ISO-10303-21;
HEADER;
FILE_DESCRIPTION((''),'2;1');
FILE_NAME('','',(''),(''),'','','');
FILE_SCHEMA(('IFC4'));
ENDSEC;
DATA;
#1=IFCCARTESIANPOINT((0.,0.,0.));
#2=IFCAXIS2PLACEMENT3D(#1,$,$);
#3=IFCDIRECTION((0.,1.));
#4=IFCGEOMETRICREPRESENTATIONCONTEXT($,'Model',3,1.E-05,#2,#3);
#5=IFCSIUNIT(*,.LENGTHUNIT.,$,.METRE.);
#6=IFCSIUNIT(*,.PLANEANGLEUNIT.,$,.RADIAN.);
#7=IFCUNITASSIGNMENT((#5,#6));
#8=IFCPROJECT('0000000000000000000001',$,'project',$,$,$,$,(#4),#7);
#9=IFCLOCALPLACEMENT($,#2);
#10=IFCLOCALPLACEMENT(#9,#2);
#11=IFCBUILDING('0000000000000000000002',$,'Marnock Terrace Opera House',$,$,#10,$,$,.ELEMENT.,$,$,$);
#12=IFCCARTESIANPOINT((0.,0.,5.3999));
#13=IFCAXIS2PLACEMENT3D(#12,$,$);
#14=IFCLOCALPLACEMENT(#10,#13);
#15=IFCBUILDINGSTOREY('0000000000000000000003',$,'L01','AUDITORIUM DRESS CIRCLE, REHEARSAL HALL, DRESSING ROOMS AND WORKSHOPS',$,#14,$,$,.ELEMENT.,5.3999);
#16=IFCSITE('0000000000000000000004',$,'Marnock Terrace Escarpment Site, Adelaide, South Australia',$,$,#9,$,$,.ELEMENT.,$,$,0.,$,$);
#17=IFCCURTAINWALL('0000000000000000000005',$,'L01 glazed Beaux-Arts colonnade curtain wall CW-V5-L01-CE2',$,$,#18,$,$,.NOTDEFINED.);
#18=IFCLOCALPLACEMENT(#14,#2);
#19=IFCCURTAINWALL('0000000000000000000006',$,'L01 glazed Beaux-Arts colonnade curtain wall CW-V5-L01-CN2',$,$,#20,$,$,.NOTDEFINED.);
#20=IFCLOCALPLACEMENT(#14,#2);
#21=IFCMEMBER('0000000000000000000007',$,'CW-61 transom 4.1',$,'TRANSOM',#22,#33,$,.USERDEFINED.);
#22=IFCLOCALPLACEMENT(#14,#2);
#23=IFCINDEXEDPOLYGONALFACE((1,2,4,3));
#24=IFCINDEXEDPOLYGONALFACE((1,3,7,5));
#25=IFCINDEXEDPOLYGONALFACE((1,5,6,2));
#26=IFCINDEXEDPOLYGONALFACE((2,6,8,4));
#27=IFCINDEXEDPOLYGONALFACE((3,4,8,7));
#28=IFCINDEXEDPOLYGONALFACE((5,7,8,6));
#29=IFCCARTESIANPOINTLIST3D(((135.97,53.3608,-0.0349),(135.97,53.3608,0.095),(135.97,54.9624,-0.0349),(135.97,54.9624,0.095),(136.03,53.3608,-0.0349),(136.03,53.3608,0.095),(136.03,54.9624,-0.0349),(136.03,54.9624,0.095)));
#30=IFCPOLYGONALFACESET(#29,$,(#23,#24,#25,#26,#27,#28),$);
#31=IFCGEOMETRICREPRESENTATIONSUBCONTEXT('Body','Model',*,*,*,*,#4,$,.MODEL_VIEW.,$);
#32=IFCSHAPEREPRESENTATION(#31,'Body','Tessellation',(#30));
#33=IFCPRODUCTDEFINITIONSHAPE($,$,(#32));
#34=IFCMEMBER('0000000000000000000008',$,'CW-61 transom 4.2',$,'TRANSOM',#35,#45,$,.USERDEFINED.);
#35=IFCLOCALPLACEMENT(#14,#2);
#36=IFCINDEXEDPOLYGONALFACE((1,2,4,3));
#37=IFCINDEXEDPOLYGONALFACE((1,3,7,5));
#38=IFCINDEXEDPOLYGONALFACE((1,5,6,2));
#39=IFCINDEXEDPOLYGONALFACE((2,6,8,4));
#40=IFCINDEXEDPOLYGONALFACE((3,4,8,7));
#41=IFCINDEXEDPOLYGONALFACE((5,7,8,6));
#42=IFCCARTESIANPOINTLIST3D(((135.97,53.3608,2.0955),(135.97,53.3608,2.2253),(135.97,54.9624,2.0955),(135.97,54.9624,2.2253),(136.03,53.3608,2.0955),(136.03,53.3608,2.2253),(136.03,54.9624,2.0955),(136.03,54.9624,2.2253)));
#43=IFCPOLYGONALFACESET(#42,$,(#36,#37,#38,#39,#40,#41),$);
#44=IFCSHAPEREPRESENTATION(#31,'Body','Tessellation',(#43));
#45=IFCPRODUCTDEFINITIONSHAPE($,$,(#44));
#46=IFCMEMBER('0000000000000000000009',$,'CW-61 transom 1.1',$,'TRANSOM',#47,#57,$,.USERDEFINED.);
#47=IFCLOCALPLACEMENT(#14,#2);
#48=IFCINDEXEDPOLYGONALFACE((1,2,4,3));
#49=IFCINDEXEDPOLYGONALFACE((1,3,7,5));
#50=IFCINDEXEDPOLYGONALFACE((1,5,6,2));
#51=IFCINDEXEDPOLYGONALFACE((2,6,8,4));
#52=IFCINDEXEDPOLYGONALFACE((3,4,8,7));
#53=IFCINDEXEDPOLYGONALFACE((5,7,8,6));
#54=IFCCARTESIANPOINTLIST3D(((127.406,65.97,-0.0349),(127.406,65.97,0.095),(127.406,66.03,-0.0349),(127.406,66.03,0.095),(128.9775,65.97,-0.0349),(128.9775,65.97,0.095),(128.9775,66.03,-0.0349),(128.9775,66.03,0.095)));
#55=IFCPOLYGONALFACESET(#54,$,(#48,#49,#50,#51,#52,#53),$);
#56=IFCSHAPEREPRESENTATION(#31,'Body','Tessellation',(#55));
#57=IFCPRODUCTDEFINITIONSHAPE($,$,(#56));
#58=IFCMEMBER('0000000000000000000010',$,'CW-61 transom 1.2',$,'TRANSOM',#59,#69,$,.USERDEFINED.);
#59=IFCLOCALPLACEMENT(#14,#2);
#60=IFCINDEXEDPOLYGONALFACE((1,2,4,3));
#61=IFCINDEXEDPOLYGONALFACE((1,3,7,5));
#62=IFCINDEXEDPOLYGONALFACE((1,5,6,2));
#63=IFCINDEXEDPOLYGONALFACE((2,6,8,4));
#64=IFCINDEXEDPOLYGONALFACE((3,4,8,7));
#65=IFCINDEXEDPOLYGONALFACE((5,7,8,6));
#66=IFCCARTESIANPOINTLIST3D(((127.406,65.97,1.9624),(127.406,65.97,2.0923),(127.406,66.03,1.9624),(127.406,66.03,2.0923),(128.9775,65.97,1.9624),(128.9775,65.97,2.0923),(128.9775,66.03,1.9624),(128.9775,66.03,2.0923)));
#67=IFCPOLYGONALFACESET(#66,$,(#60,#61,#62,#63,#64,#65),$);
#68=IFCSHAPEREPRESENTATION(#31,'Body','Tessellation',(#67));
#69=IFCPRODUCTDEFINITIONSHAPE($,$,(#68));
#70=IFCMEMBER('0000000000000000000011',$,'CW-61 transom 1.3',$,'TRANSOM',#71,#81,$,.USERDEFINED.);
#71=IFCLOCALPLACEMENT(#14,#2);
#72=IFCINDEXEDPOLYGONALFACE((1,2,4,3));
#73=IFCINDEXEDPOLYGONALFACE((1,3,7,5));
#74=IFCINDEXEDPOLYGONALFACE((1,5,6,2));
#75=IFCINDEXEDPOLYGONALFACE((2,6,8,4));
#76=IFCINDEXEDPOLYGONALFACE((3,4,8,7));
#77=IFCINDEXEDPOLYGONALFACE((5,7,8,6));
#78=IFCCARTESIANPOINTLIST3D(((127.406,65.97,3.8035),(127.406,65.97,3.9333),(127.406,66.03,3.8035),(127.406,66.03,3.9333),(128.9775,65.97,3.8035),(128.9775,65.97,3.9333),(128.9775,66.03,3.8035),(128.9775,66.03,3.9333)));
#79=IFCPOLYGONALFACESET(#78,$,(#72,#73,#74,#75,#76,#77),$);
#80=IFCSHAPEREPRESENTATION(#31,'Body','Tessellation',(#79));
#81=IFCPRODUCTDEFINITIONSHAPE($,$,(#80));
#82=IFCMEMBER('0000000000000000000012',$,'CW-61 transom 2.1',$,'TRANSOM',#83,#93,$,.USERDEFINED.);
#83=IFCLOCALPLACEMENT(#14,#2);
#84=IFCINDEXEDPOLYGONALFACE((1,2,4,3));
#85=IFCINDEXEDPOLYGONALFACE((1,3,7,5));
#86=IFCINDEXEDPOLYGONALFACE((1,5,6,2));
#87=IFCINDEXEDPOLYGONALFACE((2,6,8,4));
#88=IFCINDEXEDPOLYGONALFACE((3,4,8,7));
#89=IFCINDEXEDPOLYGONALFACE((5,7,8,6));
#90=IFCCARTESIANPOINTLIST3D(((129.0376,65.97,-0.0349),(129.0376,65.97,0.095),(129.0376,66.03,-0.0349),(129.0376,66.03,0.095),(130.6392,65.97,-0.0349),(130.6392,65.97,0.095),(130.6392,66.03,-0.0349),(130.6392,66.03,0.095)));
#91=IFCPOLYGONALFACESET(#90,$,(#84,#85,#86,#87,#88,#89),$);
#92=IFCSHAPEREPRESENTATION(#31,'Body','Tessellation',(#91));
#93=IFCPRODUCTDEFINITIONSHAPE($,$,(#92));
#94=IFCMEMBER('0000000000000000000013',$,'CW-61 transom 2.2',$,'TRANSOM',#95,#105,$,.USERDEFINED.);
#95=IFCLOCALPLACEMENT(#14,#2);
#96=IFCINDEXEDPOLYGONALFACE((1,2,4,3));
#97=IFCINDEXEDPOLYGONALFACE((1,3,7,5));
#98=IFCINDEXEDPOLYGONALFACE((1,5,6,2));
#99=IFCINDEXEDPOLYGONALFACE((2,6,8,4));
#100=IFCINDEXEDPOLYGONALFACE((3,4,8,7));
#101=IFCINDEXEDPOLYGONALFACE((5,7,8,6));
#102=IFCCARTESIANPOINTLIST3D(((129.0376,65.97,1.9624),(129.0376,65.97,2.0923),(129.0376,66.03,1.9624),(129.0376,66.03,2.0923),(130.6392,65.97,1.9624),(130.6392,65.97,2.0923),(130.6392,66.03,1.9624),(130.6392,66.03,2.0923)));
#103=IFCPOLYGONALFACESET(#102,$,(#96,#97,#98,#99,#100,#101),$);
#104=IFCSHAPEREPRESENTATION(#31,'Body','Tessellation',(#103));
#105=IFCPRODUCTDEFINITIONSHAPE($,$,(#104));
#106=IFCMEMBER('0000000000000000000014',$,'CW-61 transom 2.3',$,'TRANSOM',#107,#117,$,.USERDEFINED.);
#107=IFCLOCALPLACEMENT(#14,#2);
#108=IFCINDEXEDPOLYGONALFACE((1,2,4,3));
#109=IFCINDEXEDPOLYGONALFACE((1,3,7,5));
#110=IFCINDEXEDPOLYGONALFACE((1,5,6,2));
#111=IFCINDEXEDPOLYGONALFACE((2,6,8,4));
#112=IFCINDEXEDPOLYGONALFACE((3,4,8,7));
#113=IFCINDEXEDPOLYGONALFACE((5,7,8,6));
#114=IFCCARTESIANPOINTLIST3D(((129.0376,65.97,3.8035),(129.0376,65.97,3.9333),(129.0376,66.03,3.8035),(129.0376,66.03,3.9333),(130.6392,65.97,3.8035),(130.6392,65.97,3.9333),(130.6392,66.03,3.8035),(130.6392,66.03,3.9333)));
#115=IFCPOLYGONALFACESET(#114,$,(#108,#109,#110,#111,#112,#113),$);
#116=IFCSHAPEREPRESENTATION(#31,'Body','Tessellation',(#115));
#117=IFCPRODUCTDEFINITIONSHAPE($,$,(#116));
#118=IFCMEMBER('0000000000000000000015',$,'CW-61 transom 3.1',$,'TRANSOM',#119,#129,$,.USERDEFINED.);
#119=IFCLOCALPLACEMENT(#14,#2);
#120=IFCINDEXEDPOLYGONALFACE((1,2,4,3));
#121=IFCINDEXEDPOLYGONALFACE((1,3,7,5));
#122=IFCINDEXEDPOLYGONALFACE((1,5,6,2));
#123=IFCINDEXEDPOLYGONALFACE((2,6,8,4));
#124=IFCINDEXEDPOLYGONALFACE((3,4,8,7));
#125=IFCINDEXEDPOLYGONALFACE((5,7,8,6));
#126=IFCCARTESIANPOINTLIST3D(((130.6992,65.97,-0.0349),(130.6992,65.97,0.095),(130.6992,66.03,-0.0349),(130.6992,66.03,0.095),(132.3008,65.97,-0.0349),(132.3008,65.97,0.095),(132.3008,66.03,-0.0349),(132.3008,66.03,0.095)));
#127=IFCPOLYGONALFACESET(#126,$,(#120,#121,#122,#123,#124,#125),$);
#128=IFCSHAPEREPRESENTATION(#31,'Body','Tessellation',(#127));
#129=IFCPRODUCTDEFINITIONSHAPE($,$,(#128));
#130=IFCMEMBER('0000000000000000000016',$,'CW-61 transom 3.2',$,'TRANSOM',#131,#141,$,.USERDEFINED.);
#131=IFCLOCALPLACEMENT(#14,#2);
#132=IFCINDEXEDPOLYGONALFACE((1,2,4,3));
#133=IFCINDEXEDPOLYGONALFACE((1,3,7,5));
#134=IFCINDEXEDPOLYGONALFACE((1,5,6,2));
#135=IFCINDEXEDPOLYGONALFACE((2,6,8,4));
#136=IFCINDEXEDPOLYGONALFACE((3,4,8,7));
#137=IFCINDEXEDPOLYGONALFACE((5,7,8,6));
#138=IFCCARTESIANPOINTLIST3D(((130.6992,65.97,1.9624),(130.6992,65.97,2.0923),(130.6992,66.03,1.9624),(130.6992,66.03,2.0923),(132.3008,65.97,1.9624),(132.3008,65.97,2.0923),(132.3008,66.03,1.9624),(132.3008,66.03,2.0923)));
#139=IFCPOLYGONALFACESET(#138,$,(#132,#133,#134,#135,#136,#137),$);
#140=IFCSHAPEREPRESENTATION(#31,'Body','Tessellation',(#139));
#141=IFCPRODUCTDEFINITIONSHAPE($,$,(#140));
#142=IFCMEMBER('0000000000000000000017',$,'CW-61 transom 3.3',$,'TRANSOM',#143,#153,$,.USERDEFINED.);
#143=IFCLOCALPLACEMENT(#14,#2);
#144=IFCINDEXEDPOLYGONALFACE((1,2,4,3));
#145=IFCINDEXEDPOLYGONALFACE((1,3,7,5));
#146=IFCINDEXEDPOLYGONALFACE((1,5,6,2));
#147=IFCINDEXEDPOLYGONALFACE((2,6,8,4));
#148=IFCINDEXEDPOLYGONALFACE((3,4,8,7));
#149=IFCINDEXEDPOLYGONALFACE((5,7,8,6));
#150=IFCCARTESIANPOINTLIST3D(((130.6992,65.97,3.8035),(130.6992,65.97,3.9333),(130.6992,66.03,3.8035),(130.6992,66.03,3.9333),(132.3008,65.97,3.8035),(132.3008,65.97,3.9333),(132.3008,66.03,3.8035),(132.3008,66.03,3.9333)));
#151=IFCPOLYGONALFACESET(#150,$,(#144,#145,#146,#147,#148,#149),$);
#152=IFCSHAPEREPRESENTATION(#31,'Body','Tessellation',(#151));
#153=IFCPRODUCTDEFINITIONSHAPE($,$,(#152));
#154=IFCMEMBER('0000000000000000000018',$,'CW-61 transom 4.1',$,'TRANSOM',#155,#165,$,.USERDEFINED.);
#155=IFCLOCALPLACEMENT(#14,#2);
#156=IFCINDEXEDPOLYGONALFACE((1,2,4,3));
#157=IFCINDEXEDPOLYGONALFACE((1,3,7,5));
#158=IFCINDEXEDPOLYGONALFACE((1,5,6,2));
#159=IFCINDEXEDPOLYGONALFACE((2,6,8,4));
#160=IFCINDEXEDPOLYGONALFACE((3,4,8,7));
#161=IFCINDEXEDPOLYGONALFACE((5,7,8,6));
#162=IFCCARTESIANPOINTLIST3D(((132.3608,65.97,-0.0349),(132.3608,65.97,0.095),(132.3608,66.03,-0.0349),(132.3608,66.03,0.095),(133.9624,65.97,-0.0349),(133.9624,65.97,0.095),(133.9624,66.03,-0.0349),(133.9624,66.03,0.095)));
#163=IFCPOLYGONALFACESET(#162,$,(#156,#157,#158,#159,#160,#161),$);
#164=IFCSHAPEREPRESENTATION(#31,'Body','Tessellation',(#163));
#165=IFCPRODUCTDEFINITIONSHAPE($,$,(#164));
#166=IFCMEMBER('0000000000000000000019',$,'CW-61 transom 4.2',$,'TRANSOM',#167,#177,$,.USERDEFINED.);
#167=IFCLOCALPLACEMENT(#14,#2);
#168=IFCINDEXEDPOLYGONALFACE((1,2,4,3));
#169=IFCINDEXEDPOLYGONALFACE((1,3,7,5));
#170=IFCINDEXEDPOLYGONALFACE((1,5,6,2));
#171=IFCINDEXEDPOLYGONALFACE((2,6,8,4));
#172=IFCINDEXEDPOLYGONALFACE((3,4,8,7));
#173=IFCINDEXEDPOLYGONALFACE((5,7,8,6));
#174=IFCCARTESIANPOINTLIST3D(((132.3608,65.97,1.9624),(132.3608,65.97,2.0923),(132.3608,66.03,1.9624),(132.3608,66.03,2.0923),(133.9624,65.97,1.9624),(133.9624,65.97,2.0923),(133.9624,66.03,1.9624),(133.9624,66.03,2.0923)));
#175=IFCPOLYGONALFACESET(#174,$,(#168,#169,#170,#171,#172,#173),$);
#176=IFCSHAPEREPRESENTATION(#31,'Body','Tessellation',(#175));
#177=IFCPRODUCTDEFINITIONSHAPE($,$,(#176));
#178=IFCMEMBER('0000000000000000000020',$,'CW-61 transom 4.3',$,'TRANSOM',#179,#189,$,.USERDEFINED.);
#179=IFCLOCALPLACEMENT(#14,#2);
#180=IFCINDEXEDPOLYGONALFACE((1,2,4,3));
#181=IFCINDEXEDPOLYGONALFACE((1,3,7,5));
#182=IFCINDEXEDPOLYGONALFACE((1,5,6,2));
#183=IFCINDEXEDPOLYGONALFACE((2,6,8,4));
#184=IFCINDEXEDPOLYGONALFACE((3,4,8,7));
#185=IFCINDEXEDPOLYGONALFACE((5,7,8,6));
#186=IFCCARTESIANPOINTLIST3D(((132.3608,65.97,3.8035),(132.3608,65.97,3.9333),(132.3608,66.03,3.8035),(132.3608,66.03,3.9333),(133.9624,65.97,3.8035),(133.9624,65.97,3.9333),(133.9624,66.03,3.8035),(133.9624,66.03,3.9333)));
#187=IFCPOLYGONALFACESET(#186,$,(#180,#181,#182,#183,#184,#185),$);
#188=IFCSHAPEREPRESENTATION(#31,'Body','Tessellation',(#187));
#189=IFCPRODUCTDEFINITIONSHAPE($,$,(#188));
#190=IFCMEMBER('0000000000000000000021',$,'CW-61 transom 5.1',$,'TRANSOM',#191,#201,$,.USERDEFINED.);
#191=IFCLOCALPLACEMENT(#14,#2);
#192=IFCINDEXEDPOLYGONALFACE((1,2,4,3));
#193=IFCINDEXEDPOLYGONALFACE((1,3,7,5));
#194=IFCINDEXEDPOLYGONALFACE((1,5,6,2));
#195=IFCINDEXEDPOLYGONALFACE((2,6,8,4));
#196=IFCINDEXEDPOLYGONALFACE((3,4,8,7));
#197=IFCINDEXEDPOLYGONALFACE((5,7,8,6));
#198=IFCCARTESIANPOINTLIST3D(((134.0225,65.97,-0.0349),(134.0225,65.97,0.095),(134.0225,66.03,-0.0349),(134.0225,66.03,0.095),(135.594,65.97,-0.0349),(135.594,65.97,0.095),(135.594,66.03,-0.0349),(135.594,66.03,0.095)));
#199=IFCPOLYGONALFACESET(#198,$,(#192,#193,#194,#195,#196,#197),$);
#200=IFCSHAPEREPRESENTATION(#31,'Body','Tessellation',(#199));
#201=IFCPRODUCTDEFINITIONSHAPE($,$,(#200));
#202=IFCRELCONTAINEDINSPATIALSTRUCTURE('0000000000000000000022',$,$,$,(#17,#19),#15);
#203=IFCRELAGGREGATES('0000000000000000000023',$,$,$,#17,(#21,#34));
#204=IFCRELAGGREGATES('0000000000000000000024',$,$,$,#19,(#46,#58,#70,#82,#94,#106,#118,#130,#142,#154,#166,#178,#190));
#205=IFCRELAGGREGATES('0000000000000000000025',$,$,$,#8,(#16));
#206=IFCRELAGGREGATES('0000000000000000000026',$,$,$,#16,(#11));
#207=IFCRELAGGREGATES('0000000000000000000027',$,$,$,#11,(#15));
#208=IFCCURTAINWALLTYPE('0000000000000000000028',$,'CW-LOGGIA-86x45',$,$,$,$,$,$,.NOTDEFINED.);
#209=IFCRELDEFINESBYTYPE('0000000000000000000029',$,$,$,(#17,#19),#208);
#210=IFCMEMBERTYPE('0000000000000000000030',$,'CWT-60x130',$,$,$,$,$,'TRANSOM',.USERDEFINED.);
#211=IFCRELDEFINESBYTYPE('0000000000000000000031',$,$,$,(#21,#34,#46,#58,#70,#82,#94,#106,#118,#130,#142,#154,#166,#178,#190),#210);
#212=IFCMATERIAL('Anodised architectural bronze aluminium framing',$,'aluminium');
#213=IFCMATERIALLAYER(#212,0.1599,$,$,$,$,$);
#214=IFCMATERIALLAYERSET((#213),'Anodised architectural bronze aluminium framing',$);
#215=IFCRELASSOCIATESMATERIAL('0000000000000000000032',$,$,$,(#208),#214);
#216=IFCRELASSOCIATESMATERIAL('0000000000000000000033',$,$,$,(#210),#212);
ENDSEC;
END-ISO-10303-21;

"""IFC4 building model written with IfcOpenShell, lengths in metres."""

from ifc_helpers import new_model, si_unit, direction, frame, origin, origin_2d, place, context, subcontext, project, spatial, rectangle, extrude, material, layer, layer_set, material_profile, profile_set, type_object, element, aggregate, save


model = new_model("IFC4")

# Units and contexts
model_context = context("Model", 3, precision=1e-05, world=origin(), true_north=direction((0.0, 1.0)))
body_context = subcontext(model_context, "Body", "Model", "MODEL_VIEW")
ifc_project = project(units=[si_unit("LENGTHUNIT", "METRE"), si_unit("PLANEANGLEUNIT", "RADIAN")], contexts=[model_context])

# Site, building, storey
site_placement = place(None, origin())
site = spatial("IfcSite", under=ifc_project, at=site_placement, Name="Marnock Terrace Escarpment Site, Adelaide, South Australia", CompositionType="ELEMENT", RefElevation=0.0)
building_placement = place(site_placement, origin())
building = spatial("IfcBuilding", under=site, at=building_placement, Name="Marnock Terrace Opera House", CompositionType="ELEMENT")
storey_placement = place(building_placement, frame((0.0, 0.0, 5.3999)))
storey = spatial("IfcBuildingStorey", under=building, at=storey_placement, Name="L01", Description="AUDITORIUM DRESS CIRCLE, REHEARSAL HALL, DRESSING ROOMS AND WORKSHOPS", CompositionType="ELEMENT", Elevation=5.3999)

# Curtain wall
ifc_material_1 = material(Name="Anodised architectural bronze aluminium framing", Category="aluminium")
ifc_layer_1 = layer(ifc_material_1, 0.1599)
ifc_layer_set_1 = layer_set([ifc_layer_1], Name="Anodised architectural bronze aluminium framing")
curtain_wall_type = type_object("IfcCurtainWallType", Name="CW-LOGGIA-86x45", PredefinedType="NOTDEFINED", material=ifc_layer_set_1)
curtain_wall_1_placement = place(storey_placement, origin())
curtain_wall_1 = element("IfcCurtainWall", 1, at=curtain_wall_1_placement, inside=storey, type_object=curtain_wall_type, Name="L01 glazed Beaux-Arts colonnade curtain wall CW-V5-L01-CE2", PredefinedType="NOTDEFINED")

# Curtain wall
curtain_wall_2_placement = place(storey_placement, origin())
curtain_wall_2 = element("IfcCurtainWall", 2, at=curtain_wall_2_placement, inside=storey, type_object=curtain_wall_type, Name="L01 glazed Beaux-Arts colonnade curtain wall CW-V5-L01-CN2", PredefinedType="NOTDEFINED")

# Members
ifc_material_profile_1 = material_profile(ifc_material_1, rectangle(XDim=0.0601, YDim=0.1299, at=origin_2d()))
ifc_profile_set_1 = profile_set([ifc_material_profile_1], Name="Anodised architectural bronze aluminium framing")
member_type_1 = type_object("IfcMemberType", Name="CWT-60x130", ElementType="TRANSOM", PredefinedType="USERDEFINED", material=ifc_profile_set_1)
member_1_placement = place(storey_placement, frame((136.0, 53.3608, 0.03), z_axis=(0.0, 1.0, 0.0), x_axis=(-1.0, 0.0, 0.0)))
member_1 = element("IfcMember", 3, at=member_1_placement, type_object=member_type_1, Name="CW-61 transom 4.1", ObjectType="TRANSOM", PredefinedType="USERDEFINED", context=body_context, shape_type="SweptSolid", body=[
    extrude(rectangle(XDim=0.0601, YDim=0.1299, at=origin_2d()), origin(), (0.0, 0.0, 1.0), 1.6016),
])
member_2_placement = place(storey_placement, frame((136.0, 53.3608, 2.1604), z_axis=(0.0, 1.0, 0.0), x_axis=(-1.0, 0.0, 0.0)))
member_2 = element("IfcMember", 4, at=member_2_placement, type_object=member_type_1, Name="CW-61 transom 4.2", ObjectType="TRANSOM", PredefinedType="USERDEFINED", context=body_context, shape_type="SweptSolid", body=[
    extrude(rectangle(XDim=0.0601, YDim=0.1299, at=origin_2d()), origin(), (0.0, 0.0, 1.0), 1.6016),
])
member_3_placement = place(storey_placement, frame((127.406, 66.0, 0.03), z_axis=(1.0, 0.0, 0.0), x_axis=(0.0, 1.0, 0.0)))
member_3 = element("IfcMember", 5, at=member_3_placement, type_object=member_type_1, Name="CW-61 transom 1.1", ObjectType="TRANSOM", PredefinedType="USERDEFINED", context=body_context, shape_type="SweptSolid", body=[
    extrude(rectangle(XDim=0.0601, YDim=0.1299, at=origin_2d()), origin(), (0.0, 0.0, 1.0), 1.5715),
])
member_4_placement = place(storey_placement, frame((127.406, 66.0, 2.0273), z_axis=(1.0, 0.0, 0.0), x_axis=(0.0, 1.0, 0.0)))
member_4 = element("IfcMember", 6, at=member_4_placement, type_object=member_type_1, Name="CW-61 transom 1.2", ObjectType="TRANSOM", PredefinedType="USERDEFINED", context=body_context, shape_type="SweptSolid", body=[
    extrude(rectangle(XDim=0.0601, YDim=0.1299, at=origin_2d()), origin(), (0.0, 0.0, 1.0), 1.5715),
])
member_5_placement = place(storey_placement, frame((127.406, 66.0, 3.8684), z_axis=(1.0, 0.0, 0.0), x_axis=(0.0, 1.0, 0.0)))
member_5 = element("IfcMember", 7, at=member_5_placement, type_object=member_type_1, Name="CW-61 transom 1.3", ObjectType="TRANSOM", PredefinedType="USERDEFINED", context=body_context, shape_type="SweptSolid", body=[
    extrude(rectangle(XDim=0.0601, YDim=0.1299, at=origin_2d()), origin(), (0.0, 0.0, 1.0), 1.5715),
])
member_6_placement = place(storey_placement, frame((129.0376, 66.0, 0.03), z_axis=(1.0, 0.0, 0.0), x_axis=(0.0, 1.0, 0.0)))
member_6 = element("IfcMember", 8, at=member_6_placement, type_object=member_type_1, Name="CW-61 transom 2.1", ObjectType="TRANSOM", PredefinedType="USERDEFINED", context=body_context, shape_type="SweptSolid", body=[
    extrude(rectangle(XDim=0.0601, YDim=0.1299, at=origin_2d()), origin(), (0.0, 0.0, 1.0), 1.6016),
])
member_7_placement = place(storey_placement, frame((129.0376, 66.0, 2.0273), z_axis=(1.0, 0.0, 0.0), x_axis=(0.0, 1.0, 0.0)))
member_7 = element("IfcMember", 9, at=member_7_placement, type_object=member_type_1, Name="CW-61 transom 2.2", ObjectType="TRANSOM", PredefinedType="USERDEFINED", context=body_context, shape_type="SweptSolid", body=[
    extrude(rectangle(XDim=0.0601, YDim=0.1299, at=origin_2d()), origin(), (0.0, 0.0, 1.0), 1.6016),
])
member_8_placement = place(storey_placement, frame((129.0376, 66.0, 3.8684), z_axis=(1.0, 0.0, 0.0), x_axis=(0.0, 1.0, 0.0)))
member_8 = element("IfcMember", 10, at=member_8_placement, type_object=member_type_1, Name="CW-61 transom 2.3", ObjectType="TRANSOM", PredefinedType="USERDEFINED", context=body_context, shape_type="SweptSolid", body=[
    extrude(rectangle(XDim=0.0601, YDim=0.1299, at=origin_2d()), origin(), (0.0, 0.0, 1.0), 1.6016),
])
member_9_placement = place(storey_placement, frame((130.6992, 66.0, 0.03), z_axis=(1.0, 0.0, 0.0), x_axis=(0.0, 1.0, 0.0)))
member_9 = element("IfcMember", 11, at=member_9_placement, type_object=member_type_1, Name="CW-61 transom 3.1", ObjectType="TRANSOM", PredefinedType="USERDEFINED", context=body_context, shape_type="SweptSolid", body=[
    extrude(rectangle(XDim=0.0601, YDim=0.1299, at=origin_2d()), origin(), (0.0, 0.0, 1.0), 1.6016),
])
member_10_placement = place(storey_placement, frame((130.6992, 66.0, 2.0273), z_axis=(1.0, 0.0, 0.0), x_axis=(0.0, 1.0, 0.0)))
member_10 = element("IfcMember", 12, at=member_10_placement, type_object=member_type_1, Name="CW-61 transom 3.2", ObjectType="TRANSOM", PredefinedType="USERDEFINED", context=body_context, shape_type="SweptSolid", body=[
    extrude(rectangle(XDim=0.0601, YDim=0.1299, at=origin_2d()), origin(), (0.0, 0.0, 1.0), 1.6016),
])
member_11_placement = place(storey_placement, frame((130.6992, 66.0, 3.8684), z_axis=(1.0, 0.0, 0.0), x_axis=(0.0, 1.0, 0.0)))
member_11 = element("IfcMember", 13, at=member_11_placement, type_object=member_type_1, Name="CW-61 transom 3.3", ObjectType="TRANSOM", PredefinedType="USERDEFINED", context=body_context, shape_type="SweptSolid", body=[
    extrude(rectangle(XDim=0.0601, YDim=0.1299, at=origin_2d()), origin(), (0.0, 0.0, 1.0), 1.6016),
])
member_12_placement = place(storey_placement, frame((132.3608, 66.0, 0.03), z_axis=(1.0, 0.0, 0.0), x_axis=(0.0, 1.0, 0.0)))
member_12 = element("IfcMember", 14, at=member_12_placement, type_object=member_type_1, Name="CW-61 transom 4.1", ObjectType="TRANSOM", PredefinedType="USERDEFINED", context=body_context, shape_type="SweptSolid", body=[
    extrude(rectangle(XDim=0.0601, YDim=0.1299, at=origin_2d()), origin(), (0.0, 0.0, 1.0), 1.6016),
])
member_13_placement = place(storey_placement, frame((132.3608, 66.0, 2.0273), z_axis=(1.0, 0.0, 0.0), x_axis=(0.0, 1.0, 0.0)))
member_13 = element("IfcMember", 15, at=member_13_placement, type_object=member_type_1, Name="CW-61 transom 4.2", ObjectType="TRANSOM", PredefinedType="USERDEFINED", context=body_context, shape_type="SweptSolid", body=[
    extrude(rectangle(XDim=0.0601, YDim=0.1299, at=origin_2d()), origin(), (0.0, 0.0, 1.0), 1.6016),
])
member_14_placement = place(storey_placement, frame((132.3608, 66.0, 3.8684), z_axis=(1.0, 0.0, 0.0), x_axis=(0.0, 1.0, 0.0)))
member_14 = element("IfcMember", 16, at=member_14_placement, type_object=member_type_1, Name="CW-61 transom 4.3", ObjectType="TRANSOM", PredefinedType="USERDEFINED", context=body_context, shape_type="SweptSolid", body=[
    extrude(rectangle(XDim=0.0601, YDim=0.1299, at=origin_2d()), origin(), (0.0, 0.0, 1.0), 1.6016),
])
member_15_placement = place(storey_placement, frame((134.0225, 66.0, 0.03), z_axis=(1.0, 0.0, 0.0), x_axis=(0.0, 1.0, 0.0)))
member_15 = element("IfcMember", 17, at=member_15_placement, type_object=member_type_1, Name="CW-61 transom 5.1", ObjectType="TRANSOM", PredefinedType="USERDEFINED", context=body_context, shape_type="SweptSolid", body=[
    extrude(rectangle(XDim=0.0601, YDim=0.1299, at=origin_2d()), origin(), (0.0, 0.0, 1.0), 1.5715),
])

aggregate(curtain_wall_1, [member_1, member_2])
aggregate(curtain_wall_2, [member_3, member_4, member_5, member_6, member_7, member_8, member_9, member_10, member_11, member_12, member_13, member_14, member_15])

save(model, "model.ifc")
